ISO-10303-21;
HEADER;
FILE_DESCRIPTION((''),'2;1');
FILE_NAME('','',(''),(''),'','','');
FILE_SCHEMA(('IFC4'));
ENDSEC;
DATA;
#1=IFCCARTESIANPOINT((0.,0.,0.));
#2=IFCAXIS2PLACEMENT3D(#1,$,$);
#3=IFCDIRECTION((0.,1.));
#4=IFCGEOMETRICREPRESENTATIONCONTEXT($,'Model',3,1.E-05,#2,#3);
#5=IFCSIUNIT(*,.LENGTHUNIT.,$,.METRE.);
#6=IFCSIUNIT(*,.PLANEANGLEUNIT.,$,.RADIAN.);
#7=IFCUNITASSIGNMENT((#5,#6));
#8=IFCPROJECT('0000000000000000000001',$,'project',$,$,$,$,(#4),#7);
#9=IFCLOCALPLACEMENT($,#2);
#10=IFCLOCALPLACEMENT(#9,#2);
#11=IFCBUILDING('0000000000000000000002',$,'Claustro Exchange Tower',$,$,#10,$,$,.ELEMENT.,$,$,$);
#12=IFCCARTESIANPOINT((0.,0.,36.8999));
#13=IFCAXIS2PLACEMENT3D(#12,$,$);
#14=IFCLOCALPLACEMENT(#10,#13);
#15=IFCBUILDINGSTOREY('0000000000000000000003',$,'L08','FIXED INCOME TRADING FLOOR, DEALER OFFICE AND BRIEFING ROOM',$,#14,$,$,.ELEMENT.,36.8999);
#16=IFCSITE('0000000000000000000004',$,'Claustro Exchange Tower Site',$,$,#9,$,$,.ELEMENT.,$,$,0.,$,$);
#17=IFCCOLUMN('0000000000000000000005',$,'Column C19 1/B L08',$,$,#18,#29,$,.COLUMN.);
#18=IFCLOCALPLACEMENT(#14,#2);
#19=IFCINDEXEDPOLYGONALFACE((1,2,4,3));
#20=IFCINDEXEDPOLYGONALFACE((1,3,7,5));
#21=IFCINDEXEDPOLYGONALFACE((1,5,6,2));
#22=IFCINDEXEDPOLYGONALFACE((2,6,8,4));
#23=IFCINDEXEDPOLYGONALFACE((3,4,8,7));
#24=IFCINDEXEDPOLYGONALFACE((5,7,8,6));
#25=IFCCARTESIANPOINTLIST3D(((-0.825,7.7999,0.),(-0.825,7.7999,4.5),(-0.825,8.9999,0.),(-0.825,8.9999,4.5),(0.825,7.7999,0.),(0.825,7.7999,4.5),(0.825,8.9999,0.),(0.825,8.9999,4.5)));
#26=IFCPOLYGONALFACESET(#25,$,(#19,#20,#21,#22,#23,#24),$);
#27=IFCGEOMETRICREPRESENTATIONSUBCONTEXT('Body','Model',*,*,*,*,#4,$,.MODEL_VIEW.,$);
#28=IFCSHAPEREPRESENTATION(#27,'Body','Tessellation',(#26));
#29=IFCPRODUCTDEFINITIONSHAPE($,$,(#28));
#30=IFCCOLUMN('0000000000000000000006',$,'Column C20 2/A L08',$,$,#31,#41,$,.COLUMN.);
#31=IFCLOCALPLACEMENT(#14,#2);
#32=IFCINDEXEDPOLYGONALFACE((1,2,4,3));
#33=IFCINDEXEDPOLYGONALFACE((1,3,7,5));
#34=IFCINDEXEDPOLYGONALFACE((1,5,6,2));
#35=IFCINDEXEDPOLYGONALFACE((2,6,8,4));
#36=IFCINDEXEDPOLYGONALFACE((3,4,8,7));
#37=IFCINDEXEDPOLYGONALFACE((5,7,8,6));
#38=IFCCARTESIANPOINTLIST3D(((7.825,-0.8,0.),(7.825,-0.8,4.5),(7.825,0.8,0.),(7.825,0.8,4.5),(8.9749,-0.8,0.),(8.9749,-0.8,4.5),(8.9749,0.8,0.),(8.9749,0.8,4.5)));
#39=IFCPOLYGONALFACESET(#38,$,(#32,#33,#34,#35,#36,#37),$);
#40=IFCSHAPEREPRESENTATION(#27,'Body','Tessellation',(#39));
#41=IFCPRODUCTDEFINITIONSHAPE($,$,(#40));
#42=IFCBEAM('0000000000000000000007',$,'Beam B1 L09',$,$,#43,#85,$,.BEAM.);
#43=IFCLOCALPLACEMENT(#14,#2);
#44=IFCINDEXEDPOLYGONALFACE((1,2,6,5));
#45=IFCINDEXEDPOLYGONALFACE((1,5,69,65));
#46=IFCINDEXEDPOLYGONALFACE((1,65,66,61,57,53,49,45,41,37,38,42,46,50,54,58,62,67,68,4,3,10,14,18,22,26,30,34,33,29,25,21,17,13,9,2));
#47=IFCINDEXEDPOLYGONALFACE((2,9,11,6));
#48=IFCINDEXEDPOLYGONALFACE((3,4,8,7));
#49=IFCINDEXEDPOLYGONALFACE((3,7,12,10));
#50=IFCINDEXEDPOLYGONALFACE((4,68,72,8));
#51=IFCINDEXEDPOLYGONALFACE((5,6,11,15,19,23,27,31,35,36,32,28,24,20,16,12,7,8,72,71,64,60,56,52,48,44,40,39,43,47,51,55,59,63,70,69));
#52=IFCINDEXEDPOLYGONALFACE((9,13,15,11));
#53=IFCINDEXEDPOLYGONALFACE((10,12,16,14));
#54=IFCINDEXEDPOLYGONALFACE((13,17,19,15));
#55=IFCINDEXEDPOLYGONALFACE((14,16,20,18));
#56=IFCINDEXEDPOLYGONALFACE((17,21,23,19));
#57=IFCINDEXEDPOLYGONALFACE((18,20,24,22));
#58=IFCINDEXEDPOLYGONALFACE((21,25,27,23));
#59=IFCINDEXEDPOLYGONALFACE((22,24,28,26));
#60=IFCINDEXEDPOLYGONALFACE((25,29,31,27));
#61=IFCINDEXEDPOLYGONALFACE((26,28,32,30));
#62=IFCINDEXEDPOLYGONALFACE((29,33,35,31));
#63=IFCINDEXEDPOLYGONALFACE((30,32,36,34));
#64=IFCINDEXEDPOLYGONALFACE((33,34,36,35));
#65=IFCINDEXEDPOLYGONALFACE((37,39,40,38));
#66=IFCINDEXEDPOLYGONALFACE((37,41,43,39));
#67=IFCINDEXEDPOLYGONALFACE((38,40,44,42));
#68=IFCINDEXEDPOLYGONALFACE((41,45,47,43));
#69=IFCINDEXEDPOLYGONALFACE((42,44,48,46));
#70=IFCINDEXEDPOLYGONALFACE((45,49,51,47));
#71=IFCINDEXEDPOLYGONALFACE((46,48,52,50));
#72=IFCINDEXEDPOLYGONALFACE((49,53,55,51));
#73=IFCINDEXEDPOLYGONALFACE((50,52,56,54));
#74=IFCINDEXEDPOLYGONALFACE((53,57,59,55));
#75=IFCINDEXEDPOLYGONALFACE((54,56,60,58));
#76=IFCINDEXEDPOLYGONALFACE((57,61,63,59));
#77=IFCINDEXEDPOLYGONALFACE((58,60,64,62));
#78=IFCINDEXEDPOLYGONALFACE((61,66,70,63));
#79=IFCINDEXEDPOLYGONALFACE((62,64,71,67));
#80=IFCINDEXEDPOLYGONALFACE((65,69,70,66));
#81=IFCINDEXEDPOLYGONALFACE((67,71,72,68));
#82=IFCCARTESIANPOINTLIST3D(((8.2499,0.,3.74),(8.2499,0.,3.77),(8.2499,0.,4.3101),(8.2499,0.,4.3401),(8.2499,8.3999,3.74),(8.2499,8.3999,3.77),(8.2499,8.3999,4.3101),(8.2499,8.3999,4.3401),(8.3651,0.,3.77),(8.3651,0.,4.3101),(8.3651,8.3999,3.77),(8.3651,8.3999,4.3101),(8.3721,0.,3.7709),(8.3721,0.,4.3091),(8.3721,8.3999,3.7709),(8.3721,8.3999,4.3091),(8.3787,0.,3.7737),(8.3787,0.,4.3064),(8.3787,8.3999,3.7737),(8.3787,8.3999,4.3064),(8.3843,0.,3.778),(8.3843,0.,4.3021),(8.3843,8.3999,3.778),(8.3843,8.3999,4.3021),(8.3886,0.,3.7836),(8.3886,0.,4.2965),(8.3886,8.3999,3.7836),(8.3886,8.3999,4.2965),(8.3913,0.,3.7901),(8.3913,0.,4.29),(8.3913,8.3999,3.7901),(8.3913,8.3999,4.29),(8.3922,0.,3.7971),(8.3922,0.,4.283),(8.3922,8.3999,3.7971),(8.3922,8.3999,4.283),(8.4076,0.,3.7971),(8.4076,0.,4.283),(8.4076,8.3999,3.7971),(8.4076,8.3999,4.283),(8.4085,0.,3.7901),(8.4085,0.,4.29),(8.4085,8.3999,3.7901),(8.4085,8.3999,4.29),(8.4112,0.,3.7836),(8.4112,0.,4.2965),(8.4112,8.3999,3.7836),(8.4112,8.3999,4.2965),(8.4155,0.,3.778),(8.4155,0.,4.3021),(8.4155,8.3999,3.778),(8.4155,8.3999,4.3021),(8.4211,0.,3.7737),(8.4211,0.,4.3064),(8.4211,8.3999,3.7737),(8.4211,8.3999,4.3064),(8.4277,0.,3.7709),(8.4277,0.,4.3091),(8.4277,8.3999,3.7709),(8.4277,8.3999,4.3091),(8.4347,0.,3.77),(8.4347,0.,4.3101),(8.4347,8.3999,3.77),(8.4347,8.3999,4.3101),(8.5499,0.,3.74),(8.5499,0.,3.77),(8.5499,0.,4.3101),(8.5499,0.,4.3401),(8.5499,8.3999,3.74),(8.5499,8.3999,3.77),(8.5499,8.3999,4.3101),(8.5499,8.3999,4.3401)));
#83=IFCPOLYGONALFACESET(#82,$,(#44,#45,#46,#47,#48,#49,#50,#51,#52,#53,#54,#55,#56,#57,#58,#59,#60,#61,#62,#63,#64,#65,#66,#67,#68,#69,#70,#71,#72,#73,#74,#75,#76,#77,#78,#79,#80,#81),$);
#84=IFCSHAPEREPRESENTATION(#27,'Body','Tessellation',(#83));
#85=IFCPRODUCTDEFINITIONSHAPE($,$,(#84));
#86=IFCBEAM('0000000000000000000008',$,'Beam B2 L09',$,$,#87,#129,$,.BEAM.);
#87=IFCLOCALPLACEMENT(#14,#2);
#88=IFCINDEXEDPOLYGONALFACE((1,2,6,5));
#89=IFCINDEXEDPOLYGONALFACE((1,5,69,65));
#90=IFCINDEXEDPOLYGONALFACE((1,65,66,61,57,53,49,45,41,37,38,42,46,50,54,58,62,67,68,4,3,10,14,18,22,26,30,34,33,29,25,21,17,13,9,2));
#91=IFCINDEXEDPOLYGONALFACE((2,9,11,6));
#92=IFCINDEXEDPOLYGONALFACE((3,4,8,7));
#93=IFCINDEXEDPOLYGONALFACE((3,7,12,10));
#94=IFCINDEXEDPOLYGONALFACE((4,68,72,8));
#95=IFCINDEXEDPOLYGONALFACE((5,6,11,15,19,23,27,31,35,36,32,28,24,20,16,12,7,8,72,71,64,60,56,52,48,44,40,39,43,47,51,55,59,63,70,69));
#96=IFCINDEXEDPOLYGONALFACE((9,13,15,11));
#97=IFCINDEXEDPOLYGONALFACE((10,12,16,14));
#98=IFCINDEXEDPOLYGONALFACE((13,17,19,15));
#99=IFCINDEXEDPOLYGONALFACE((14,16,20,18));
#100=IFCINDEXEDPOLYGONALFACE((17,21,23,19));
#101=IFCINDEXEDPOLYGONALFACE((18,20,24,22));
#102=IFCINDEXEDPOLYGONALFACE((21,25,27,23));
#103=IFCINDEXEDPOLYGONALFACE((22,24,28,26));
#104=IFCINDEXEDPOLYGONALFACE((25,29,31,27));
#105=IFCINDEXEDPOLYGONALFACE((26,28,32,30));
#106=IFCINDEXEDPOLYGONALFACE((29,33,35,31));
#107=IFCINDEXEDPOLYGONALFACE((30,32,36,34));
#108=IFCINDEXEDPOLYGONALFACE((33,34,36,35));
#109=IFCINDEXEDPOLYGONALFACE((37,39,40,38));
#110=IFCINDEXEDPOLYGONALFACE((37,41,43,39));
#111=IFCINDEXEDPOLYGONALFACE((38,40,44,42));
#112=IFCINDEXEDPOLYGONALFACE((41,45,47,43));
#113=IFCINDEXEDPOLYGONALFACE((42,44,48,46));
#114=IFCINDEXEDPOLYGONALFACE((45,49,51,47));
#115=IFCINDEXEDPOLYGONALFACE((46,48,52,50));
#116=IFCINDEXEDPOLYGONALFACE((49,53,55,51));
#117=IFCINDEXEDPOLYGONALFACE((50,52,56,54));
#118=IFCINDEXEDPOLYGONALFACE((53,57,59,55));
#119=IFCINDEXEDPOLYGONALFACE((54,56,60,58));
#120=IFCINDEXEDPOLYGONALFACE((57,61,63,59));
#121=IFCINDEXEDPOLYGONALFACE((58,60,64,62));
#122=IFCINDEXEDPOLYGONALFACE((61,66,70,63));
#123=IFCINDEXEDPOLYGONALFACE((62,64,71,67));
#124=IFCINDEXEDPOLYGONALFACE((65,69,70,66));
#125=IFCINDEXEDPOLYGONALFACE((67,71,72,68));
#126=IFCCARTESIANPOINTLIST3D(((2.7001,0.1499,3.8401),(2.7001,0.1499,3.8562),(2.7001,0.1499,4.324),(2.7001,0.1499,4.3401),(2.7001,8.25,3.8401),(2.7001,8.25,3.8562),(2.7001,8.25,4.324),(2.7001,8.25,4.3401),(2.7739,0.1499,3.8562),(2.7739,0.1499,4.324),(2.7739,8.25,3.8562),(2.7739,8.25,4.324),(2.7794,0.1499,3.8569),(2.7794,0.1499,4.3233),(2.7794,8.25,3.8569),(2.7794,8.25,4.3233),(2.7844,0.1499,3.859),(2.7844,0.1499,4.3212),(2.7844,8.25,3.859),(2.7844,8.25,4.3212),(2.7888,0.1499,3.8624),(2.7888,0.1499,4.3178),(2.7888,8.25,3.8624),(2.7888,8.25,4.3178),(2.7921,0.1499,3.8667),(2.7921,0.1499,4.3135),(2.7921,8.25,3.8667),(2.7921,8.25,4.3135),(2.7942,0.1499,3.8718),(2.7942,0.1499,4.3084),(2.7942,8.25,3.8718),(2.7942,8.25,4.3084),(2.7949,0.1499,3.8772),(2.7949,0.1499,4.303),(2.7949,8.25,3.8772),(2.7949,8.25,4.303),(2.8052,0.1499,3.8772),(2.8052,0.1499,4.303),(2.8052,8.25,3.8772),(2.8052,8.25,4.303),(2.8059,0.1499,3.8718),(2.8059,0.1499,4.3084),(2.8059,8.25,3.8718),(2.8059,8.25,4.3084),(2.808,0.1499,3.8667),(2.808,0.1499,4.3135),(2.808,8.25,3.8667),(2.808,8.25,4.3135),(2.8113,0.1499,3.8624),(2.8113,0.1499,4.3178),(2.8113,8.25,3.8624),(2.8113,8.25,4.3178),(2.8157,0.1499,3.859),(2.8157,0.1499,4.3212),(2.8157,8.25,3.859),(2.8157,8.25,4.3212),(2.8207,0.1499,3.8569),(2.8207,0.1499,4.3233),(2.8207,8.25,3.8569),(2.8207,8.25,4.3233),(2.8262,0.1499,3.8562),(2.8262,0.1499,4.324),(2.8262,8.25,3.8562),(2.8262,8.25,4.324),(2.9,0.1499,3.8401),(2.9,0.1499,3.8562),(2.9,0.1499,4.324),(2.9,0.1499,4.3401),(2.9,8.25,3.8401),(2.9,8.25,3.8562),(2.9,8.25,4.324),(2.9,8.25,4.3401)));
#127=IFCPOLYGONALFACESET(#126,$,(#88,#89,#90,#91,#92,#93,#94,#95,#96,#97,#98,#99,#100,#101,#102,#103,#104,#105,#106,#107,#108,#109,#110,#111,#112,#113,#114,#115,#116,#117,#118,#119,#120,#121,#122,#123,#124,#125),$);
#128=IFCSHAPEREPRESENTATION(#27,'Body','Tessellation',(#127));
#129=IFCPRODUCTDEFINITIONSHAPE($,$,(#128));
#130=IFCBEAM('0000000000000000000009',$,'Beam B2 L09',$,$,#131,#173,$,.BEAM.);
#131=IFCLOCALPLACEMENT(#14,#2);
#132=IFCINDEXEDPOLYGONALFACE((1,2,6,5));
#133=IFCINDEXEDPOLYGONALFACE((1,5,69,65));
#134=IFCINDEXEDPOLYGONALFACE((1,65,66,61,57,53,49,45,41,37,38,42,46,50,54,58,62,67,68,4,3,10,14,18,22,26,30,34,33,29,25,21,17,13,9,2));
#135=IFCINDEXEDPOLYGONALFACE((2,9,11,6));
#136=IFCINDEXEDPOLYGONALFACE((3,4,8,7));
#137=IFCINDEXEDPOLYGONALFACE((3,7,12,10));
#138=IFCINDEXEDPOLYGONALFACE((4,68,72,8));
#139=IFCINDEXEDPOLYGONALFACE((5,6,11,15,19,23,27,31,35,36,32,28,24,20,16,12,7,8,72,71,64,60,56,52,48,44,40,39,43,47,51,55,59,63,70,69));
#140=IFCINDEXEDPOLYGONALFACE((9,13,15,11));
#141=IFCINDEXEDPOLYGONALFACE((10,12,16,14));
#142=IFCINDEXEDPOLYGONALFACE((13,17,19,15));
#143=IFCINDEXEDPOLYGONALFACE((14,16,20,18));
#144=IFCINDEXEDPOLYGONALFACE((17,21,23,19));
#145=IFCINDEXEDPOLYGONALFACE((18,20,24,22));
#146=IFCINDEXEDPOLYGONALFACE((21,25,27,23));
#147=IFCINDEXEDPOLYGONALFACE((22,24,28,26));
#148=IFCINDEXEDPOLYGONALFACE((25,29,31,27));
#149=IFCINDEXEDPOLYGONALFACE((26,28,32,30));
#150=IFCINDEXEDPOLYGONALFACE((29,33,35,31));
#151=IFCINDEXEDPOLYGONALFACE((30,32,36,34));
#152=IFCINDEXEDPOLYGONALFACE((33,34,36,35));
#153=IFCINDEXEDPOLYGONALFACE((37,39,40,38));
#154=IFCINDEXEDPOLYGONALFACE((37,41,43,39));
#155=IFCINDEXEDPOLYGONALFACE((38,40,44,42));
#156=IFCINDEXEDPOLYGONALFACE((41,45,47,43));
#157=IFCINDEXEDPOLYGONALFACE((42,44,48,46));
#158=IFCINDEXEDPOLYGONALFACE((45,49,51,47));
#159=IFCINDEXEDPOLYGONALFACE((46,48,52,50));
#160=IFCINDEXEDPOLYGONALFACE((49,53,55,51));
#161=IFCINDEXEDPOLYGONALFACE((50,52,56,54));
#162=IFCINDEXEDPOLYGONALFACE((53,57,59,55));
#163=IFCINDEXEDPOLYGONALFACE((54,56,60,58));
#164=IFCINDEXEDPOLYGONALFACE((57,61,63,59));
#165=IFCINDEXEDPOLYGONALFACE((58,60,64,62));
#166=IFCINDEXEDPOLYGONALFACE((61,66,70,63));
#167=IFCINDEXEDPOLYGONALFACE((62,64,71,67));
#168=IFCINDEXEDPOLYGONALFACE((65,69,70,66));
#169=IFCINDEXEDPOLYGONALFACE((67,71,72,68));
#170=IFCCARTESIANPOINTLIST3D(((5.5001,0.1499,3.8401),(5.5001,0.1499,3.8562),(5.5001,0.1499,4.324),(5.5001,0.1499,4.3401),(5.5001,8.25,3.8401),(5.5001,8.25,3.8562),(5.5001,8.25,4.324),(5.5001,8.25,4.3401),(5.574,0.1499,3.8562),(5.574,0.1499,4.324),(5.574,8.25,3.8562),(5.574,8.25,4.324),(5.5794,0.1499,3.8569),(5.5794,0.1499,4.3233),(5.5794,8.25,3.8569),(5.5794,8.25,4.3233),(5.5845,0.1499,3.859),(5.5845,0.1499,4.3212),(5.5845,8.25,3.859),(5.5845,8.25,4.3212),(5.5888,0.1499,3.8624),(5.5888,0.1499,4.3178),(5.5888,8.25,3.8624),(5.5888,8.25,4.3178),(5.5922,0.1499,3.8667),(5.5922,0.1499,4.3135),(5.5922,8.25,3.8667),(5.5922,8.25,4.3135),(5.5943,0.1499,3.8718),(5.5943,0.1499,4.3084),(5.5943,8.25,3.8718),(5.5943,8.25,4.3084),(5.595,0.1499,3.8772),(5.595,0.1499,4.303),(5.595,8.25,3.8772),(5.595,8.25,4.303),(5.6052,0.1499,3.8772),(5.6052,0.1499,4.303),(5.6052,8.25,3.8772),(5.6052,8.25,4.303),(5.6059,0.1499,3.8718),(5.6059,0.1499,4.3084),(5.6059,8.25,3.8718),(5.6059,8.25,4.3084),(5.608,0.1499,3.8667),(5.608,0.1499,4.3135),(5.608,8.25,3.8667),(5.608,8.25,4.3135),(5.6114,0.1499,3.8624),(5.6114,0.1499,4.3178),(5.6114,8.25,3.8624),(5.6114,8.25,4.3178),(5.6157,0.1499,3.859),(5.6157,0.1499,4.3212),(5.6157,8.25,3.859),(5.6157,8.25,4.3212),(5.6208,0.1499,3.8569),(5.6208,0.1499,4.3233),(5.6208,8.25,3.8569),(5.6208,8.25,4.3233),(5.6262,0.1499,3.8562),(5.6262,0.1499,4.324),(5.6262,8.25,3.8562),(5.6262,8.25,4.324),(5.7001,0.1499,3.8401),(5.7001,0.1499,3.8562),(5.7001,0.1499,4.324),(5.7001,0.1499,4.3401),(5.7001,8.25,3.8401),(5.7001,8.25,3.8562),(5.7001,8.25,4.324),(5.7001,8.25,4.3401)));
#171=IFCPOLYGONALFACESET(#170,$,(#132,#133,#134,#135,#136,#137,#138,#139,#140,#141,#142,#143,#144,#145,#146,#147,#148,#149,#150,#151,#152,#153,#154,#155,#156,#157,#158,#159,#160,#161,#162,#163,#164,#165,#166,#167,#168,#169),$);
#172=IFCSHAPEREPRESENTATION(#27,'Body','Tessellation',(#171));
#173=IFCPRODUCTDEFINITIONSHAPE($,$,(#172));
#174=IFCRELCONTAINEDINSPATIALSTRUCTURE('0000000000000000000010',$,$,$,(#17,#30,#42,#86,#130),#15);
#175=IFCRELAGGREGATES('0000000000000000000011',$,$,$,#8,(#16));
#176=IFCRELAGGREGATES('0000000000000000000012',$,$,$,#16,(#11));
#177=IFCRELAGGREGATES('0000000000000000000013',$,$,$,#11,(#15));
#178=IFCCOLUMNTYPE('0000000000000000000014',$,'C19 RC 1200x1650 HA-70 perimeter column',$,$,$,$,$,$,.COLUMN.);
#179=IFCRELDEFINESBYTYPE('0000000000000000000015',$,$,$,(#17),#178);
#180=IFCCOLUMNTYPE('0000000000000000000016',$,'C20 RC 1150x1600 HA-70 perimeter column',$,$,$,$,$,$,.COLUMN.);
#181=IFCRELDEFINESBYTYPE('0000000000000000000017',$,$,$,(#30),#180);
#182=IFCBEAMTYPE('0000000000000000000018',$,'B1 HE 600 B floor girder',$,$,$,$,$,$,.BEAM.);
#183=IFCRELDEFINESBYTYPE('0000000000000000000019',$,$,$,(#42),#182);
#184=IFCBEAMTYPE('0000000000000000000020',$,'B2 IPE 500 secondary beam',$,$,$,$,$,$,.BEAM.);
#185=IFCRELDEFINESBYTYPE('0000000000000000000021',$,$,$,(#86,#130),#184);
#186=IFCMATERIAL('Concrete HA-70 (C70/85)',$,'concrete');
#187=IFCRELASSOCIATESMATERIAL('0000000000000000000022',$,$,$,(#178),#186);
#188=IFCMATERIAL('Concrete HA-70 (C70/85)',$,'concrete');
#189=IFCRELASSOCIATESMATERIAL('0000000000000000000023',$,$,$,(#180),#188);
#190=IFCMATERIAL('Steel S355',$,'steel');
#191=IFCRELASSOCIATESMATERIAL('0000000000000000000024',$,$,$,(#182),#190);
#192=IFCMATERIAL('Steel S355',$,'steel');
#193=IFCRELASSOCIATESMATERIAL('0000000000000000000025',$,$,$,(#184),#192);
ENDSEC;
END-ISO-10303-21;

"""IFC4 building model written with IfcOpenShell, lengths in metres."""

from ifc_helpers import new_model, si_unit, direction, frame, origin, origin_2d, place, context, subcontext, project, spatial, rectangle, i_section, extrude, material, material_profile, profile_set, type_object, element, save


model = new_model("IFC4")

# Units and contexts
model_context = context("Model", 3, precision=1e-05, world=origin(), true_north=direction((0.0, 1.0)))
body_context = subcontext(model_context, "Body", "Model", "MODEL_VIEW")
ifc_project = project(units=[si_unit("LENGTHUNIT", "METRE"), si_unit("PLANEANGLEUNIT", "RADIAN")], contexts=[model_context])

# Site, building, storey
site_placement = place(None, origin())
site = spatial("IfcSite", under=ifc_project, at=site_placement, Name="Claustro Exchange Tower Site", CompositionType="ELEMENT", RefElevation=0.0)
building_placement = place(site_placement, origin())
building = spatial("IfcBuilding", under=site, at=building_placement, Name="Claustro Exchange Tower", CompositionType="ELEMENT")
storey_placement = place(building_placement, frame((0.0, 0.0, 36.8999)))
storey = spatial("IfcBuildingStorey", under=building, at=storey_placement, Name="L08", Description="FIXED INCOME TRADING FLOOR, DEALER OFFICE AND BRIEFING ROOM", CompositionType="ELEMENT", Elevation=36.8999)

# Columns
ifc_material_1 = material(Name="Concrete HA-70 (C70/85)", Category="concrete")
ifc_material_profile_1 = material_profile(ifc_material_1, rectangle(XDim=1.2, YDim=1.6499, at=origin_2d()), Name="RC 1200x1650")
ifc_profile_set_1 = profile_set([ifc_material_profile_1], Name="Concrete HA-70 (C70/85)")
column_type_1 = type_object("IfcColumnType", Name="C19 RC 1200x1650 HA-70 perimeter column", PredefinedType="COLUMN", material=ifc_profile_set_1)
column_1_placement = place(storey_placement, frame((0.0, 8.3999, 0.0), z_axis=(0.0, 0.0, 1.0), x_axis=(0.0, 1.0, 0.0)))
element("IfcColumn", 1, at=column_1_placement, inside=storey, type_object=column_type_1, Name="Column C19 1/B L08", PredefinedType="COLUMN", context=body_context, shape_type="SweptSolid", body=[
    extrude(rectangle(XDim=1.2, YDim=1.6499, at=origin_2d()), origin(), (0.0, 0.0, 1.0), 4.5),
])
ifc_material_2 = material(Name="Concrete HA-70 (C70/85)", Category="concrete")
ifc_material_profile_2 = material_profile(ifc_material_2, rectangle(XDim=1.1499, YDim=1.6001, at=origin_2d()), Name="RC 1150x1600")
ifc_profile_set_2 = profile_set([ifc_material_profile_2], Name="Concrete HA-70 (C70/85)")
column_type_2 = type_object("IfcColumnType", Name="C20 RC 1150x1600 HA-70 perimeter column", PredefinedType="COLUMN", material=ifc_profile_set_2)
column_2_placement = place(storey_placement, frame((8.3999, 0.0, 0.0), z_axis=(0.0, 0.0, 1.0), x_axis=(1.0, 0.0, 0.0)))
element("IfcColumn", 2, at=column_2_placement, inside=storey, type_object=column_type_2, Name="Column C20 2/A L08", PredefinedType="COLUMN", context=body_context, shape_type="SweptSolid", body=[
    extrude(rectangle(XDim=1.1499, YDim=1.6001, at=origin_2d()), origin(), (0.0, 0.0, 1.0), 4.5),
])

# Beams
ifc_material_3 = material(Name="Steel S355", Category="steel")
ifc_material_profile_3 = material_profile(ifc_material_3, i_section(OverallWidth=0.3, OverallDepth=0.6001, WebThickness=0.0154, FlangeThickness=0.03, FilletRadius=0.0271, at=origin_2d()), Name="HE 600 B")
ifc_profile_set_3 = profile_set([ifc_material_profile_3], Name="Steel S355")
beam_type_1 = type_object("IfcBeamType", Name="B1 HE 600 B floor girder", PredefinedType="BEAM", material=ifc_profile_set_3)
beam_1_placement = place(storey_placement, frame((8.3999, 0.0, 4.04), z_axis=(0.0, 1.0, 0.0), x_axis=(-1.0, 0.0, 0.0)))
element("IfcBeam", 3, at=beam_1_placement, inside=storey, type_object=beam_type_1, Name="Beam B1 L09", PredefinedType="BEAM", context=body_context, shape_type="SweptSolid", body=[
    extrude(i_section(OverallWidth=0.3, OverallDepth=0.6001, WebThickness=0.0154, FlangeThickness=0.03, FilletRadius=0.0271, at=origin_2d()), origin(), (0.0, 0.0, 1.0), 8.3999),
])
ifc_material_4 = material(Name="Steel S355", Category="steel")
ifc_material_profile_4 = material_profile(ifc_material_4, i_section(OverallWidth=0.2, OverallDepth=0.5, WebThickness=0.0103, FlangeThickness=0.0161, FilletRadius=0.021, at=origin_2d()), Name="IPE 500")
ifc_profile_set_4 = profile_set([ifc_material_profile_4], Name="Steel S355")
beam_type_2 = type_object("IfcBeamType", Name="B2 IPE 500 secondary beam", PredefinedType="BEAM", material=ifc_profile_set_4)
for number, where, z_axis, x_axis, name in (
    (4, (2.8, 0.1499, 4.0901), (0.0, 1.0, 0.0), (-1.0, 0.0, 0.0), "Beam B2 L09"),
    (5, (5.6001, 0.1499, 4.0901), (0.0, 1.0, 0.0), (-1.0, 0.0, 0.0), "Beam B2 L09"),
):
    element("IfcBeam", number, at=place(storey_placement, frame(where, z_axis=z_axis, x_axis=x_axis)), inside=storey, type_object=beam_type_2, Name=name, PredefinedType="BEAM", context=body_context, shape_type="SweptSolid", body=[
        extrude(i_section(OverallWidth=0.2, OverallDepth=0.5, WebThickness=0.0103, FlangeThickness=0.0161, FilletRadius=0.021, at=origin_2d()), origin(), (0.0, 0.0, 1.0), 8.1001),
    ])

save(model, "model.ifc")
